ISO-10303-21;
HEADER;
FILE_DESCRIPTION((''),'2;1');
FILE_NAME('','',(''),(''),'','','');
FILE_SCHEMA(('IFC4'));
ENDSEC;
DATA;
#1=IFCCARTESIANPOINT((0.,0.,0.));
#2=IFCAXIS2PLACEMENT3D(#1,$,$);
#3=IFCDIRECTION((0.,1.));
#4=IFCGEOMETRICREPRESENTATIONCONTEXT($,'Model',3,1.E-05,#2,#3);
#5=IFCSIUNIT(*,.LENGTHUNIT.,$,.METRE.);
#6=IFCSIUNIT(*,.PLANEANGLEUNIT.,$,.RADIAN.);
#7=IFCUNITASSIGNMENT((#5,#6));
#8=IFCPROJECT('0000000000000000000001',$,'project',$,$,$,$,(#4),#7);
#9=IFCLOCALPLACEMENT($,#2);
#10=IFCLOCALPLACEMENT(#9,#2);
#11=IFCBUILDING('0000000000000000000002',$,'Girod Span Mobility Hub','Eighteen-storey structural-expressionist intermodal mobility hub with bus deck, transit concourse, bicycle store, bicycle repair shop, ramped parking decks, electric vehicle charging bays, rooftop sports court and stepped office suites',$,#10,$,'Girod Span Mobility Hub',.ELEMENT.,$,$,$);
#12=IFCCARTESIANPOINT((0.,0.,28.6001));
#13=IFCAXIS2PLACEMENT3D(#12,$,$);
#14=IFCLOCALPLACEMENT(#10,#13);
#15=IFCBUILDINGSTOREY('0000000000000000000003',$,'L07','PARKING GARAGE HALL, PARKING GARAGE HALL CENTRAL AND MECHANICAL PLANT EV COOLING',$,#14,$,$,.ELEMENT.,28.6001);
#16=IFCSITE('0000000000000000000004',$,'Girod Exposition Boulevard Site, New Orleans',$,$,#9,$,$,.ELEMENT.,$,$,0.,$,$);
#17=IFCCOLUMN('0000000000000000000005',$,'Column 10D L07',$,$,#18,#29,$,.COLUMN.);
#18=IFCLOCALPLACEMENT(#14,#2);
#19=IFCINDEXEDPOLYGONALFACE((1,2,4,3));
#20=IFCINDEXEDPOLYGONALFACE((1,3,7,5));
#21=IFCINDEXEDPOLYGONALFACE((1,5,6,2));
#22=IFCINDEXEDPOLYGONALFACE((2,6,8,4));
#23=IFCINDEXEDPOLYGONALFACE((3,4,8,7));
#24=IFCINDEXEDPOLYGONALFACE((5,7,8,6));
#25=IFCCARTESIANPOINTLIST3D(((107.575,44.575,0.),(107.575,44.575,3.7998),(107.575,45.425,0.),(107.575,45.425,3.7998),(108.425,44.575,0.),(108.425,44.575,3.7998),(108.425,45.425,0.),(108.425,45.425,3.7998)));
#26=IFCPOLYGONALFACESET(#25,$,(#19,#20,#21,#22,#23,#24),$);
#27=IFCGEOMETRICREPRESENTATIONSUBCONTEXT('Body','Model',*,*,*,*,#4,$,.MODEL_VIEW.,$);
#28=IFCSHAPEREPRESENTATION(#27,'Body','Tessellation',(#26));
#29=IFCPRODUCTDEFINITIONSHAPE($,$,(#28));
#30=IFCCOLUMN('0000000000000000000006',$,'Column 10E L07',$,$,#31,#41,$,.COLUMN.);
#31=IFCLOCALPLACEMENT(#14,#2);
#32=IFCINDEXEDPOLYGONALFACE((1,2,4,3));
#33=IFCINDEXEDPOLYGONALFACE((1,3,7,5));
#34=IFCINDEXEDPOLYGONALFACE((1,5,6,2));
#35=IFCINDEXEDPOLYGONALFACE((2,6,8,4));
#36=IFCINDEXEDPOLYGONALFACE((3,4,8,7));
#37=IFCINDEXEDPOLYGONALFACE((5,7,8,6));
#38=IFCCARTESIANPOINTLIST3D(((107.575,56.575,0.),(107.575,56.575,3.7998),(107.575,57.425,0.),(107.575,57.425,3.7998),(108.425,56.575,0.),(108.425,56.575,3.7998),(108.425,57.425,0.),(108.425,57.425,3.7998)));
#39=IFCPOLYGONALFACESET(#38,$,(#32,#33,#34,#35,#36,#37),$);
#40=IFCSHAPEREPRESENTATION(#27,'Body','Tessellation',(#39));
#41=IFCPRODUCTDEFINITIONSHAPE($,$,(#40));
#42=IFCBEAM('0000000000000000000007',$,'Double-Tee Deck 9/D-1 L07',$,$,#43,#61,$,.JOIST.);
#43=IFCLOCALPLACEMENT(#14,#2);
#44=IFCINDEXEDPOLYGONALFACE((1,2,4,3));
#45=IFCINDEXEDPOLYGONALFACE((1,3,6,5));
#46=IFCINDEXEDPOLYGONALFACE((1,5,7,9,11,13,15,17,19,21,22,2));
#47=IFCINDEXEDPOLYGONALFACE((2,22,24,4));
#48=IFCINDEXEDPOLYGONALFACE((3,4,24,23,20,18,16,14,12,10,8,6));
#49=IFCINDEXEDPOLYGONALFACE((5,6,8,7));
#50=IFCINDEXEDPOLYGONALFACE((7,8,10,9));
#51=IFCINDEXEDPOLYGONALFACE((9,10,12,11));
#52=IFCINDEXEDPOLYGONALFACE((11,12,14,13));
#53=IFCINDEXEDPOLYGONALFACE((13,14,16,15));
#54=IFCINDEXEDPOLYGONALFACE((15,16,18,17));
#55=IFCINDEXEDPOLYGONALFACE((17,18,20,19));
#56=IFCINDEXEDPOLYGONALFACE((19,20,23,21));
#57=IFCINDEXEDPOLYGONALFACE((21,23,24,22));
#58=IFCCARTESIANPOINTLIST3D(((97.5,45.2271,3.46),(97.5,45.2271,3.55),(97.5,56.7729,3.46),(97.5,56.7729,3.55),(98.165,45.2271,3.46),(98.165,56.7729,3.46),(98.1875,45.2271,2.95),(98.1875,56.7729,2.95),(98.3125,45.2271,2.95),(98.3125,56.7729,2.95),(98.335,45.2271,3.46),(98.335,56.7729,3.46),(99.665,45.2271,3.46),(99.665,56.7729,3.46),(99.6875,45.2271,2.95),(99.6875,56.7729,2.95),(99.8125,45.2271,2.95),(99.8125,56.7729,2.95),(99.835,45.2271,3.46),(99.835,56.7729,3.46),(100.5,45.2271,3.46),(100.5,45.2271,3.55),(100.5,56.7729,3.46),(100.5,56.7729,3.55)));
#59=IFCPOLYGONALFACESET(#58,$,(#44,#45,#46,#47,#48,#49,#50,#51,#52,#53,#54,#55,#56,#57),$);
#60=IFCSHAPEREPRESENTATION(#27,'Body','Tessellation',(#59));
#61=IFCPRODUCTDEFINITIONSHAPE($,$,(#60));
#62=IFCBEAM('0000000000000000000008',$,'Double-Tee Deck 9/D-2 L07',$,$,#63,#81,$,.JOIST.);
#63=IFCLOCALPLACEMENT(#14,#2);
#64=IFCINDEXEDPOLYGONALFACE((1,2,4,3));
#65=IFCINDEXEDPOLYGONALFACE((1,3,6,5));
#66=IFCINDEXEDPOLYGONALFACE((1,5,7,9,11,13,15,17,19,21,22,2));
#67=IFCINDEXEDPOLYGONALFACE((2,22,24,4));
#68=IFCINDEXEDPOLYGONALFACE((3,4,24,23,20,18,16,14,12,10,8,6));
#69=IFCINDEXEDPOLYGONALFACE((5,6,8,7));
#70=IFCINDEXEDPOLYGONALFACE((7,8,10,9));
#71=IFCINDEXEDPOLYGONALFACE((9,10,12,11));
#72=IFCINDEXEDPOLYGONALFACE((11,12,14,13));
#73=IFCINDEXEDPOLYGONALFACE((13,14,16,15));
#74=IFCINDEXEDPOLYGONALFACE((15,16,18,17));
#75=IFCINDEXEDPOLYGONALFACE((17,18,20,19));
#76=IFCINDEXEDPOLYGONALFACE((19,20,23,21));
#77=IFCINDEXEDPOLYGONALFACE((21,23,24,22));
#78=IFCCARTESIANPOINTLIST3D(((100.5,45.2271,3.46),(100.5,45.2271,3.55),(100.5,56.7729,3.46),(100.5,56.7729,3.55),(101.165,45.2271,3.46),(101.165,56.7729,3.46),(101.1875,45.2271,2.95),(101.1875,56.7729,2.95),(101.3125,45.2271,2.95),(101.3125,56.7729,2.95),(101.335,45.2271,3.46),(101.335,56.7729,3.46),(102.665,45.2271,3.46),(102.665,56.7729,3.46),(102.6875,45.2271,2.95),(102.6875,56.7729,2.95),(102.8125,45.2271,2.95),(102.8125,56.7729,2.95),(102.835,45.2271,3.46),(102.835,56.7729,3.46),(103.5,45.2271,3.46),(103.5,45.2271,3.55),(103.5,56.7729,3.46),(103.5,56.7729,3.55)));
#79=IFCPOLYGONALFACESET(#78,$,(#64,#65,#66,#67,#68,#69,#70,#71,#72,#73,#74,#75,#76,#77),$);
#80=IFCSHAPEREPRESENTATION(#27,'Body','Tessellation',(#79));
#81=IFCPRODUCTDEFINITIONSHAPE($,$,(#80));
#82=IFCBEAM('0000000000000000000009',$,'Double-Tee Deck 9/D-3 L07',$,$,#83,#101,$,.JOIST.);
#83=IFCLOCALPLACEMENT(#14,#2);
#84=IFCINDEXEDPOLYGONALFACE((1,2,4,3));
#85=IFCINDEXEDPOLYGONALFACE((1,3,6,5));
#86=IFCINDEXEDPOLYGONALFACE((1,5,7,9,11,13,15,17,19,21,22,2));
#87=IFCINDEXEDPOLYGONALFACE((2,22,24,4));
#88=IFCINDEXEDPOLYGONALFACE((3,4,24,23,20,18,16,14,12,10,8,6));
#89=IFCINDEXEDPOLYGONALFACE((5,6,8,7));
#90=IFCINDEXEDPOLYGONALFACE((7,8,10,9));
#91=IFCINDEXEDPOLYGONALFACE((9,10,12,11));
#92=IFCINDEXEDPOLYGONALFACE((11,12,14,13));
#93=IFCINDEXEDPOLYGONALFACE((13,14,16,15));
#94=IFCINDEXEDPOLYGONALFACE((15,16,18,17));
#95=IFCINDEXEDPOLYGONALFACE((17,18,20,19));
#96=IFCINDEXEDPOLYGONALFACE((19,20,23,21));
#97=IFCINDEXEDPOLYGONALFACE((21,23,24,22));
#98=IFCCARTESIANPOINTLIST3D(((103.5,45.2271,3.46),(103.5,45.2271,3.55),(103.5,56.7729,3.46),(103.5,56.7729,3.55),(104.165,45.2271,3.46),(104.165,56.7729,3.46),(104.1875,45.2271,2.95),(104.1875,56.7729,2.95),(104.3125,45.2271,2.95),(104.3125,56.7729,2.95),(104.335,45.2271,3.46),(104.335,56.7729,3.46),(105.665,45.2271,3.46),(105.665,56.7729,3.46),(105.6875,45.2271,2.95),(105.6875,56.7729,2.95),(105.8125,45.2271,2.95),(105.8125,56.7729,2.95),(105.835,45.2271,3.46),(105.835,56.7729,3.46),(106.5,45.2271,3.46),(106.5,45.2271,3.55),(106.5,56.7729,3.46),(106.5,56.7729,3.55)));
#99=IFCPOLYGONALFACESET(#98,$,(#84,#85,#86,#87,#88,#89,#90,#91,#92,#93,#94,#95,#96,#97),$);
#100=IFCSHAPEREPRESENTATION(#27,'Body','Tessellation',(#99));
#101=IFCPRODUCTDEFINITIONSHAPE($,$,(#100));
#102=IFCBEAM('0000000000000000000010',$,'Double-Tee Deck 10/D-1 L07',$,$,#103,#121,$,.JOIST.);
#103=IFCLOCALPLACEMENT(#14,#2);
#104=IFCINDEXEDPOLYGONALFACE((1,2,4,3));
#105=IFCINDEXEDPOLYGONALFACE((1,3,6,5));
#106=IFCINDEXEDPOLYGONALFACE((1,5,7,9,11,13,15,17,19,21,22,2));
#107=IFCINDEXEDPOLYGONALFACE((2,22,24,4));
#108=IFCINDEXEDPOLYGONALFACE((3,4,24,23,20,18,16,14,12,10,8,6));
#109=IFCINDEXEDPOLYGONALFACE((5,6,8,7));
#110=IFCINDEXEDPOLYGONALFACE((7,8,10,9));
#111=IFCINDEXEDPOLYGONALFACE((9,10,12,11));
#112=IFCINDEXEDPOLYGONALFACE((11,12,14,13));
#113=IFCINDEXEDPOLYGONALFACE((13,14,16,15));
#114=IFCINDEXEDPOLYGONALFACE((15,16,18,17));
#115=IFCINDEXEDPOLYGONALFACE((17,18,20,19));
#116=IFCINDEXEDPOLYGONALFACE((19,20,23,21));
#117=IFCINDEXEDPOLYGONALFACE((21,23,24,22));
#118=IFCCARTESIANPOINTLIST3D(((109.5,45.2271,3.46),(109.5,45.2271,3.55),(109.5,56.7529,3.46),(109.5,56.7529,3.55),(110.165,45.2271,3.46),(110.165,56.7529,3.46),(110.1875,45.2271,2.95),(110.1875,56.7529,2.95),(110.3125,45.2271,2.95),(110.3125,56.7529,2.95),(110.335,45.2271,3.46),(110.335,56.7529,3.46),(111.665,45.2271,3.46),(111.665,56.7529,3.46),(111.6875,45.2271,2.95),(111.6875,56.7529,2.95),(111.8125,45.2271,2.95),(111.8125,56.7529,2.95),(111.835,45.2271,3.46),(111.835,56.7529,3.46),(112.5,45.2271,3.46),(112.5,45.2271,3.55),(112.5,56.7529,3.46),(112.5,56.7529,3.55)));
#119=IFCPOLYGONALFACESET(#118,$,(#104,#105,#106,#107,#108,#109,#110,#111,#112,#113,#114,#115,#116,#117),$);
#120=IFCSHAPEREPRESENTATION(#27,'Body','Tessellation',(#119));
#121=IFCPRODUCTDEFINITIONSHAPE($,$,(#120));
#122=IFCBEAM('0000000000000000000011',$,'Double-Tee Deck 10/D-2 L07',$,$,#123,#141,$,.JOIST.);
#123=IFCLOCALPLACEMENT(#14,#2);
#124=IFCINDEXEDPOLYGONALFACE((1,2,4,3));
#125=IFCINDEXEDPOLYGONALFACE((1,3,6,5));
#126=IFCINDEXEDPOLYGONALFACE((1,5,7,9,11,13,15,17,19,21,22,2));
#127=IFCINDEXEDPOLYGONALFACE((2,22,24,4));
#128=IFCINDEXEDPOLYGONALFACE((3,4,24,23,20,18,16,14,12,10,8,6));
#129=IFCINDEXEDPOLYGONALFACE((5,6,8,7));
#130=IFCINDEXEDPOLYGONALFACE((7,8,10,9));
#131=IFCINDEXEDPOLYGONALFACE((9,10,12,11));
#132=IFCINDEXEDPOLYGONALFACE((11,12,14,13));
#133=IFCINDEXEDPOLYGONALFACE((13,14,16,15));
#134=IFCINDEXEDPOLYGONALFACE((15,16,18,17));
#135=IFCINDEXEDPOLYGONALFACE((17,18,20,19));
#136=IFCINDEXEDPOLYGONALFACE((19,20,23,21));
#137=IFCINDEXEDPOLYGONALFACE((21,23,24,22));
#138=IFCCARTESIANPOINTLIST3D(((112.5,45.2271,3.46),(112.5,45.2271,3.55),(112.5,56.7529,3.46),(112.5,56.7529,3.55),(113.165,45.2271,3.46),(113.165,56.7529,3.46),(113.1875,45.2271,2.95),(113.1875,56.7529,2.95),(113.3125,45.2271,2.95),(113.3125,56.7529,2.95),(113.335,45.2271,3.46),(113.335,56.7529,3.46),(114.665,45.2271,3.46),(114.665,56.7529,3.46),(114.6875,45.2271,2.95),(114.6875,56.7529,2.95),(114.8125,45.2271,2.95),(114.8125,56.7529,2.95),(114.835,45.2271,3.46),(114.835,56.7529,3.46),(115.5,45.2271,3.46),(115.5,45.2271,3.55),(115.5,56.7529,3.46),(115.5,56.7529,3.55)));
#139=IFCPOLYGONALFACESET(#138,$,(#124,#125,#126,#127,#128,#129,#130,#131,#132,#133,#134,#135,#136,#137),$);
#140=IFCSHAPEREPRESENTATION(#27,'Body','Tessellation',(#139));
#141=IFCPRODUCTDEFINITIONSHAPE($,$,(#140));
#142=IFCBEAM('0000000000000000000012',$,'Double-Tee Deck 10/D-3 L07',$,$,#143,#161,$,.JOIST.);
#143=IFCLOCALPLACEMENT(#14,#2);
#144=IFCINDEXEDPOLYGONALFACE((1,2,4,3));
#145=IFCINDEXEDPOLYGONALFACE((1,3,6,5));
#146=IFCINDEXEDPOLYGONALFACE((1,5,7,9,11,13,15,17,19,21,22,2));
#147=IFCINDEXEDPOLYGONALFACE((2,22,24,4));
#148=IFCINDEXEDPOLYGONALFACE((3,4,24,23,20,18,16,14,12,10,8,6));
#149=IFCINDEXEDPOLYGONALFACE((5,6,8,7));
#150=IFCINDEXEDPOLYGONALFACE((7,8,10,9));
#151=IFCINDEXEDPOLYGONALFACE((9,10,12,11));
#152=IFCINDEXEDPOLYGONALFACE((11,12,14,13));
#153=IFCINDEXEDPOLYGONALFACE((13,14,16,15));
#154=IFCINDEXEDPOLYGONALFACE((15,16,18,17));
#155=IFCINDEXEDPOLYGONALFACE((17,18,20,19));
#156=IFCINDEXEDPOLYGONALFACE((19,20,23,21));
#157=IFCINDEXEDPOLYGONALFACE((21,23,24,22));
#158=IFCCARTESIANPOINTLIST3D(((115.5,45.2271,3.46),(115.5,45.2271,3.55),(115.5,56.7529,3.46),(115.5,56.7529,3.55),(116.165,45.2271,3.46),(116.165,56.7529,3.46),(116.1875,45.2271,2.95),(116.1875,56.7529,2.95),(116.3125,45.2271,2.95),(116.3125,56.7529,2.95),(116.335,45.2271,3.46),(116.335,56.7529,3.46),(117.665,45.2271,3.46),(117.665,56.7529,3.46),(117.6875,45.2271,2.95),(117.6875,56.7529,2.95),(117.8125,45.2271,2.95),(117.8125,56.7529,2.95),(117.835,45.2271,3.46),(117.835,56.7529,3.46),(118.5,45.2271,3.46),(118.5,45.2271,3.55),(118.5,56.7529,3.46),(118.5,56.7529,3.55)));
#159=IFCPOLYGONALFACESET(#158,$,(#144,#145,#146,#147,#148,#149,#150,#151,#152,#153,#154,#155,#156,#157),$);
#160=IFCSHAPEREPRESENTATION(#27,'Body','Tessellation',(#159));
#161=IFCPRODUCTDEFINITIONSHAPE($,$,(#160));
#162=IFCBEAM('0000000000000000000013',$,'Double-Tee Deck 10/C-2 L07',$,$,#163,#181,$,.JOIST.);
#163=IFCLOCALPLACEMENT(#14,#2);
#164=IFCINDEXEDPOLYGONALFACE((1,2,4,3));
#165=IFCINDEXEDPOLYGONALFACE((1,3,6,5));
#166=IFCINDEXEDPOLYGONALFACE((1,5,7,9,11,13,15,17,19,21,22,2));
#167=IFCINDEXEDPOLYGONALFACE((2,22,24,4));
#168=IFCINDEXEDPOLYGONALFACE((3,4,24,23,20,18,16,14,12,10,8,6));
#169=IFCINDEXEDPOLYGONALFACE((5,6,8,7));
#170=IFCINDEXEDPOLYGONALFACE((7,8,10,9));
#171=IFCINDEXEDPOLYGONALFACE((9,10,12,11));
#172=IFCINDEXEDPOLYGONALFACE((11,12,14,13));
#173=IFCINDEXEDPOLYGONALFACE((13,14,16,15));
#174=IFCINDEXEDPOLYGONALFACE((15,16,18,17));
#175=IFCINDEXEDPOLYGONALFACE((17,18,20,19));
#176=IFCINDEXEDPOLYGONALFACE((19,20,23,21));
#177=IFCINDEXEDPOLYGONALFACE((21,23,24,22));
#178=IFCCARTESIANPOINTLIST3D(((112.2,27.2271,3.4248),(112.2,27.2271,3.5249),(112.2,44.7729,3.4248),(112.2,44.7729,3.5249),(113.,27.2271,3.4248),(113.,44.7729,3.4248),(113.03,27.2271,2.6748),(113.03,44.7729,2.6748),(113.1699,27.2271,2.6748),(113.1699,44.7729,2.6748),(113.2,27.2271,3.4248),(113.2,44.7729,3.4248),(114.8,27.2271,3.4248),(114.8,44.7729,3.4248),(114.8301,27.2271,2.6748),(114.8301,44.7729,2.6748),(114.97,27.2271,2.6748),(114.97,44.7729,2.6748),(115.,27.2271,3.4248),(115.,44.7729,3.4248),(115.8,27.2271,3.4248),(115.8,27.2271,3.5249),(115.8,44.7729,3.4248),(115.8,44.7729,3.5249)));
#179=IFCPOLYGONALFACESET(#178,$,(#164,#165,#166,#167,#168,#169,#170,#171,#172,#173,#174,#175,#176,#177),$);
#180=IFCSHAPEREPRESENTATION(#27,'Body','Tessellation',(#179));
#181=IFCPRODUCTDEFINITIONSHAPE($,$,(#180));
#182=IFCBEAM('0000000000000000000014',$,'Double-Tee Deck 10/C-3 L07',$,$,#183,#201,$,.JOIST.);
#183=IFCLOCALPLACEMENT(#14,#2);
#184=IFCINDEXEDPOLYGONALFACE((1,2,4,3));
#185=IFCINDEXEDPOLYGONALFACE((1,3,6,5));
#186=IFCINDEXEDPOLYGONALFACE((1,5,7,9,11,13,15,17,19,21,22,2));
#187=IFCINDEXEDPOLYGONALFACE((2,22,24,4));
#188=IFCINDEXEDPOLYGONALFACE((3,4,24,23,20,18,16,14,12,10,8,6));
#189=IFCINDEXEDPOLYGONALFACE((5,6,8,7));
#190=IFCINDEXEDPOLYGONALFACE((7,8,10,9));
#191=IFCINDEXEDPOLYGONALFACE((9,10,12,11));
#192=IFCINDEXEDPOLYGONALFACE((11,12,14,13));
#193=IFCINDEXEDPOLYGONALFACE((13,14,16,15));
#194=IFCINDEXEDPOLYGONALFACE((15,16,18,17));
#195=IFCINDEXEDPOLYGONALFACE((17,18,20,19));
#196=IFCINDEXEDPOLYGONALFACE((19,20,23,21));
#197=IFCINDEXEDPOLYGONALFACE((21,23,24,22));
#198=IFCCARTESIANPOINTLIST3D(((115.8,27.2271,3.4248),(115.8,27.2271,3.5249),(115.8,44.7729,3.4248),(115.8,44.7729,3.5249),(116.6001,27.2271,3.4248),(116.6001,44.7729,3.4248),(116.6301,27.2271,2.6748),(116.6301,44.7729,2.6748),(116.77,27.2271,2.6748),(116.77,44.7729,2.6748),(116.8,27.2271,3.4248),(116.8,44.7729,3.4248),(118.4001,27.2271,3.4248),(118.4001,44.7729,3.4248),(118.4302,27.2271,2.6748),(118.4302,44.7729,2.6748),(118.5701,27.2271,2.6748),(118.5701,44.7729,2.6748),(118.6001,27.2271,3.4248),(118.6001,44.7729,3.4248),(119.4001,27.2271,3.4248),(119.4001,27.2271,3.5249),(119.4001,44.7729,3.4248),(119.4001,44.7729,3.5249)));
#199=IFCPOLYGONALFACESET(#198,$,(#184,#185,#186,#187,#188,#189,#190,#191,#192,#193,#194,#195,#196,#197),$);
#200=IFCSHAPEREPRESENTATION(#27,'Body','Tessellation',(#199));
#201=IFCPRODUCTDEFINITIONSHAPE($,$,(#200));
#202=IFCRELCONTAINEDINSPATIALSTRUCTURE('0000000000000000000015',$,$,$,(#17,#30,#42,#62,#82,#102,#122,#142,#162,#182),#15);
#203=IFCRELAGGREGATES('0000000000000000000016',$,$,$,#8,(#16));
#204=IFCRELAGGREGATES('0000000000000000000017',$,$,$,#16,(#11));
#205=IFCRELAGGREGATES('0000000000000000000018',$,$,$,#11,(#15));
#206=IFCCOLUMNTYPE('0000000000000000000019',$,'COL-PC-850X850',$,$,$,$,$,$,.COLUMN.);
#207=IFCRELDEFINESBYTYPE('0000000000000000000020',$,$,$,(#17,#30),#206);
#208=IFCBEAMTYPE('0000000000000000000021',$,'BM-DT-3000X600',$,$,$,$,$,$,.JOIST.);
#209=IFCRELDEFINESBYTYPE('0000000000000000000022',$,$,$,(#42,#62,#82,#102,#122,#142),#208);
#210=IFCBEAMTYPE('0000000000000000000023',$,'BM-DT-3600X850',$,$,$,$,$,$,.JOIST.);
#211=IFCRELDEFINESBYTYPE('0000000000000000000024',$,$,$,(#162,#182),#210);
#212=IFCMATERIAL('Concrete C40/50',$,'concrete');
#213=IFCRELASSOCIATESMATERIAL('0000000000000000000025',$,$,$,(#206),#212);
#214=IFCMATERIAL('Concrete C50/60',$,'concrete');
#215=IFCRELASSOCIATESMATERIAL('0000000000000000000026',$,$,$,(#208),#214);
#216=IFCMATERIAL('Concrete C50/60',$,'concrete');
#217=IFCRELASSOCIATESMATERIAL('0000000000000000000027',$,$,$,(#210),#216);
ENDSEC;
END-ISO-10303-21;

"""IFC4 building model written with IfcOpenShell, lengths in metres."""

from ifc_helpers import new_model, si_unit, direction, frame, origin, origin_2d, place, context, subcontext, project, spatial, polyline, rectangle, outline, extrude, material, material_profile, profile_set, type_object, element, save


model = new_model("IFC4")

# Units and contexts
model_context = context("Model", 3, precision=1e-05, world=origin(), true_north=direction((0.0, 1.0)))
body_context = subcontext(model_context, "Body", "Model", "MODEL_VIEW")
ifc_project = project(units=[si_unit("LENGTHUNIT", "METRE"), si_unit("PLANEANGLEUNIT", "RADIAN")], contexts=[model_context])

# Site, building, storey
site_placement = place(None, origin())
site = spatial("IfcSite", under=ifc_project, at=site_placement, Name="Girod Exposition Boulevard Site, New Orleans", CompositionType="ELEMENT", RefElevation=0.0)
building_placement = place(site_placement, origin())
building = spatial("IfcBuilding", under=site, at=building_placement, Name="Girod Span Mobility Hub", Description="Eighteen-storey structural-expressionist intermodal mobility hub with bus deck, transit concourse, bicycle store, bicycle repair shop, ramped parking decks, electric vehicle charging bays, rooftop sports court and stepped office suites", LongName="Girod Span Mobility Hub", CompositionType="ELEMENT")
storey_placement = place(building_placement, frame((0.0, 0.0, 28.6001)))
storey = spatial("IfcBuildingStorey", under=building, at=storey_placement, Name="L07", Description="PARKING GARAGE HALL, PARKING GARAGE HALL CENTRAL AND MECHANICAL PLANT EV COOLING", CompositionType="ELEMENT", Elevation=28.6001)

# Columns
ifc_material_1 = material(Name="Concrete C40/50", Category="concrete")
ifc_material_profile_1 = material_profile(ifc_material_1, rectangle(XDim=0.8501, YDim=0.8501, at=origin_2d()), Name="PC-COL-850X850")
ifc_profile_set_1 = profile_set([ifc_material_profile_1], Name="Concrete C40/50")
column_type = type_object("IfcColumnType", Name="COL-PC-850X850", PredefinedType="COLUMN", material=ifc_profile_set_1)
for number, where, z_axis, x_axis, name in (
    (1, (108.0, 45.0, 0.0), (0.0, 0.0, 1.0), (1.0, 0.0, 0.0), "Column 10D L07"),
    (2, (108.0, 57.0, 0.0), (0.0, 0.0, 1.0), (1.0, 0.0, 0.0), "Column 10E L07"),
):
    element("IfcColumn", number, at=place(storey_placement, frame(where, z_axis=z_axis, x_axis=x_axis)), inside=storey, type_object=column_type, Name=name, PredefinedType="COLUMN", context=body_context, shape_type="SweptSolid", body=[
        extrude(rectangle(XDim=0.8501, YDim=0.8501, at=origin_2d()), origin(), (0.0, 0.0, 1.0), 3.7998),
    ])

# Beams
ifc_material_2 = material(Name="Concrete C50/60", Category="concrete")
ifc_material_profile_2 = material_profile(ifc_material_2, outline(polyline([(-1.5, 0.3), (-1.5, 0.21), (-0.835, 0.21), (-0.8125, -0.3), (-0.6875, -0.3), (-0.665, 0.21), (0.665, 0.21), (0.6875, -0.3), (0.8125, -0.3), (0.835, 0.21), (1.5, 0.21), (1.5, 0.3), (-1.5, 0.3)])), Name="DT-3000X600")
ifc_profile_set_2 = profile_set([ifc_material_profile_2], Name="Concrete C50/60")
beam_type_1 = type_object("IfcBeamType", Name="BM-DT-3000X600", PredefinedType="JOIST", material=ifc_profile_set_2)
for number, where, z_axis, x_axis, name in (
    (3, (99.0, 45.2271, 3.25), (0.0, 1.0, 0.0), (-1.0, 0.0, 0.0), "Double-Tee Deck 9/D-1 L07"),
    (4, (102.0, 45.2271, 3.25), (0.0, 1.0, 0.0), (-1.0, 0.0, 0.0), "Double-Tee Deck 9/D-2 L07"),
    (5, (105.0, 45.2271, 3.25), (0.0, 1.0, 0.0), (-1.0, 0.0, 0.0), "Double-Tee Deck 9/D-3 L07"),
):
    element("IfcBeam", number, at=place(storey_placement, frame(where, z_axis=z_axis, x_axis=x_axis)), inside=storey, type_object=beam_type_1, Name=name, PredefinedType="JOIST", context=body_context, shape_type="SweptSolid", body=[
        extrude(outline(polyline([(-1.5, 0.3), (-1.5, 0.21), (-0.835, 0.21), (-0.8125, -0.3), (-0.6875, -0.3), (-0.665, 0.21), (0.665, 0.21), (0.6875, -0.3), (0.8125, -0.3), (0.835, 0.21), (1.5, 0.21), (1.5, 0.3), (-1.5, 0.3)])), origin(), (0.0, 0.0, 1.0), 11.5459),
    ])
for number, where, z_axis, x_axis, name in (
    (6, (111.0, 45.2271, 3.25), (0.0, 1.0, 0.0), (-1.0, 0.0, 0.0), "Double-Tee Deck 10/D-1 L07"),
    (7, (114.0, 45.2271, 3.25), (0.0, 1.0, 0.0), (-1.0, 0.0, 0.0), "Double-Tee Deck 10/D-2 L07"),
    (8, (117.0, 45.2271, 3.25), (0.0, 1.0, 0.0), (-1.0, 0.0, 0.0), "Double-Tee Deck 10/D-3 L07"),
):
    element("IfcBeam", number, at=place(storey_placement, frame(where, z_axis=z_axis, x_axis=x_axis)), inside=storey, type_object=beam_type_1, Name=name, PredefinedType="JOIST", context=body_context, shape_type="SweptSolid", body=[
        extrude(outline(polyline([(-1.5, 0.3), (-1.5, 0.21), (-0.835, 0.21), (-0.8125, -0.3), (-0.6875, -0.3), (-0.665, 0.21), (0.665, 0.21), (0.6875, -0.3), (0.8125, -0.3), (0.835, 0.21), (1.5, 0.21), (1.5, 0.3), (-1.5, 0.3)])), origin(), (0.0, 0.0, 1.0), 11.5259),
    ])
ifc_material_3 = material(Name="Concrete C50/60", Category="concrete")
ifc_material_profile_3 = material_profile(ifc_material_3, outline(polyline([(-1.8, 0.425), (-1.8, 0.325), (-1.0, 0.325), (-0.97, -0.425), (-0.8301, -0.425), (-0.8, 0.325), (0.8, 0.325), (0.8301, -0.425), (0.97, -0.425), (1.0, 0.325), (1.8, 0.325), (1.8, 0.425), (-1.8, 0.425)])), Name="DT-3600X850")
ifc_profile_set_3 = profile_set([ifc_material_profile_3], Name="Concrete C50/60")
beam_type_2 = type_object("IfcBeamType", Name="BM-DT-3600X850", PredefinedType="JOIST", material=ifc_profile_set_3)
for number, where, z_axis, x_axis, name in (
    (9, (114.0, 27.2271, 3.0999), (0.0, 1.0, 0.0), (-1.0, 0.0, 0.0), "Double-Tee Deck 10/C-2 L07"),
    (10, (117.6001, 27.2271, 3.0999), (0.0, 1.0, 0.0), (-1.0, 0.0, 0.0), "Double-Tee Deck 10/C-3 L07"),
):
    element("IfcBeam", number, at=place(storey_placement, frame(where, z_axis=z_axis, x_axis=x_axis)), inside=storey, type_object=beam_type_2, Name=name, PredefinedType="JOIST", context=body_context, shape_type="SweptSolid", body=[
        extrude(outline(polyline([(-1.8, 0.425), (-1.8, 0.325), (-1.0, 0.325), (-0.97, -0.425), (-0.8301, -0.425), (-0.8, 0.325), (0.8, 0.325), (0.8301, -0.425), (0.97, -0.425), (1.0, 0.325), (1.8, 0.325), (1.8, 0.425), (-1.8, 0.425)])), origin(), (0.0, 0.0, 1.0), 17.5459),
    ])

save(model, "model.ifc")
